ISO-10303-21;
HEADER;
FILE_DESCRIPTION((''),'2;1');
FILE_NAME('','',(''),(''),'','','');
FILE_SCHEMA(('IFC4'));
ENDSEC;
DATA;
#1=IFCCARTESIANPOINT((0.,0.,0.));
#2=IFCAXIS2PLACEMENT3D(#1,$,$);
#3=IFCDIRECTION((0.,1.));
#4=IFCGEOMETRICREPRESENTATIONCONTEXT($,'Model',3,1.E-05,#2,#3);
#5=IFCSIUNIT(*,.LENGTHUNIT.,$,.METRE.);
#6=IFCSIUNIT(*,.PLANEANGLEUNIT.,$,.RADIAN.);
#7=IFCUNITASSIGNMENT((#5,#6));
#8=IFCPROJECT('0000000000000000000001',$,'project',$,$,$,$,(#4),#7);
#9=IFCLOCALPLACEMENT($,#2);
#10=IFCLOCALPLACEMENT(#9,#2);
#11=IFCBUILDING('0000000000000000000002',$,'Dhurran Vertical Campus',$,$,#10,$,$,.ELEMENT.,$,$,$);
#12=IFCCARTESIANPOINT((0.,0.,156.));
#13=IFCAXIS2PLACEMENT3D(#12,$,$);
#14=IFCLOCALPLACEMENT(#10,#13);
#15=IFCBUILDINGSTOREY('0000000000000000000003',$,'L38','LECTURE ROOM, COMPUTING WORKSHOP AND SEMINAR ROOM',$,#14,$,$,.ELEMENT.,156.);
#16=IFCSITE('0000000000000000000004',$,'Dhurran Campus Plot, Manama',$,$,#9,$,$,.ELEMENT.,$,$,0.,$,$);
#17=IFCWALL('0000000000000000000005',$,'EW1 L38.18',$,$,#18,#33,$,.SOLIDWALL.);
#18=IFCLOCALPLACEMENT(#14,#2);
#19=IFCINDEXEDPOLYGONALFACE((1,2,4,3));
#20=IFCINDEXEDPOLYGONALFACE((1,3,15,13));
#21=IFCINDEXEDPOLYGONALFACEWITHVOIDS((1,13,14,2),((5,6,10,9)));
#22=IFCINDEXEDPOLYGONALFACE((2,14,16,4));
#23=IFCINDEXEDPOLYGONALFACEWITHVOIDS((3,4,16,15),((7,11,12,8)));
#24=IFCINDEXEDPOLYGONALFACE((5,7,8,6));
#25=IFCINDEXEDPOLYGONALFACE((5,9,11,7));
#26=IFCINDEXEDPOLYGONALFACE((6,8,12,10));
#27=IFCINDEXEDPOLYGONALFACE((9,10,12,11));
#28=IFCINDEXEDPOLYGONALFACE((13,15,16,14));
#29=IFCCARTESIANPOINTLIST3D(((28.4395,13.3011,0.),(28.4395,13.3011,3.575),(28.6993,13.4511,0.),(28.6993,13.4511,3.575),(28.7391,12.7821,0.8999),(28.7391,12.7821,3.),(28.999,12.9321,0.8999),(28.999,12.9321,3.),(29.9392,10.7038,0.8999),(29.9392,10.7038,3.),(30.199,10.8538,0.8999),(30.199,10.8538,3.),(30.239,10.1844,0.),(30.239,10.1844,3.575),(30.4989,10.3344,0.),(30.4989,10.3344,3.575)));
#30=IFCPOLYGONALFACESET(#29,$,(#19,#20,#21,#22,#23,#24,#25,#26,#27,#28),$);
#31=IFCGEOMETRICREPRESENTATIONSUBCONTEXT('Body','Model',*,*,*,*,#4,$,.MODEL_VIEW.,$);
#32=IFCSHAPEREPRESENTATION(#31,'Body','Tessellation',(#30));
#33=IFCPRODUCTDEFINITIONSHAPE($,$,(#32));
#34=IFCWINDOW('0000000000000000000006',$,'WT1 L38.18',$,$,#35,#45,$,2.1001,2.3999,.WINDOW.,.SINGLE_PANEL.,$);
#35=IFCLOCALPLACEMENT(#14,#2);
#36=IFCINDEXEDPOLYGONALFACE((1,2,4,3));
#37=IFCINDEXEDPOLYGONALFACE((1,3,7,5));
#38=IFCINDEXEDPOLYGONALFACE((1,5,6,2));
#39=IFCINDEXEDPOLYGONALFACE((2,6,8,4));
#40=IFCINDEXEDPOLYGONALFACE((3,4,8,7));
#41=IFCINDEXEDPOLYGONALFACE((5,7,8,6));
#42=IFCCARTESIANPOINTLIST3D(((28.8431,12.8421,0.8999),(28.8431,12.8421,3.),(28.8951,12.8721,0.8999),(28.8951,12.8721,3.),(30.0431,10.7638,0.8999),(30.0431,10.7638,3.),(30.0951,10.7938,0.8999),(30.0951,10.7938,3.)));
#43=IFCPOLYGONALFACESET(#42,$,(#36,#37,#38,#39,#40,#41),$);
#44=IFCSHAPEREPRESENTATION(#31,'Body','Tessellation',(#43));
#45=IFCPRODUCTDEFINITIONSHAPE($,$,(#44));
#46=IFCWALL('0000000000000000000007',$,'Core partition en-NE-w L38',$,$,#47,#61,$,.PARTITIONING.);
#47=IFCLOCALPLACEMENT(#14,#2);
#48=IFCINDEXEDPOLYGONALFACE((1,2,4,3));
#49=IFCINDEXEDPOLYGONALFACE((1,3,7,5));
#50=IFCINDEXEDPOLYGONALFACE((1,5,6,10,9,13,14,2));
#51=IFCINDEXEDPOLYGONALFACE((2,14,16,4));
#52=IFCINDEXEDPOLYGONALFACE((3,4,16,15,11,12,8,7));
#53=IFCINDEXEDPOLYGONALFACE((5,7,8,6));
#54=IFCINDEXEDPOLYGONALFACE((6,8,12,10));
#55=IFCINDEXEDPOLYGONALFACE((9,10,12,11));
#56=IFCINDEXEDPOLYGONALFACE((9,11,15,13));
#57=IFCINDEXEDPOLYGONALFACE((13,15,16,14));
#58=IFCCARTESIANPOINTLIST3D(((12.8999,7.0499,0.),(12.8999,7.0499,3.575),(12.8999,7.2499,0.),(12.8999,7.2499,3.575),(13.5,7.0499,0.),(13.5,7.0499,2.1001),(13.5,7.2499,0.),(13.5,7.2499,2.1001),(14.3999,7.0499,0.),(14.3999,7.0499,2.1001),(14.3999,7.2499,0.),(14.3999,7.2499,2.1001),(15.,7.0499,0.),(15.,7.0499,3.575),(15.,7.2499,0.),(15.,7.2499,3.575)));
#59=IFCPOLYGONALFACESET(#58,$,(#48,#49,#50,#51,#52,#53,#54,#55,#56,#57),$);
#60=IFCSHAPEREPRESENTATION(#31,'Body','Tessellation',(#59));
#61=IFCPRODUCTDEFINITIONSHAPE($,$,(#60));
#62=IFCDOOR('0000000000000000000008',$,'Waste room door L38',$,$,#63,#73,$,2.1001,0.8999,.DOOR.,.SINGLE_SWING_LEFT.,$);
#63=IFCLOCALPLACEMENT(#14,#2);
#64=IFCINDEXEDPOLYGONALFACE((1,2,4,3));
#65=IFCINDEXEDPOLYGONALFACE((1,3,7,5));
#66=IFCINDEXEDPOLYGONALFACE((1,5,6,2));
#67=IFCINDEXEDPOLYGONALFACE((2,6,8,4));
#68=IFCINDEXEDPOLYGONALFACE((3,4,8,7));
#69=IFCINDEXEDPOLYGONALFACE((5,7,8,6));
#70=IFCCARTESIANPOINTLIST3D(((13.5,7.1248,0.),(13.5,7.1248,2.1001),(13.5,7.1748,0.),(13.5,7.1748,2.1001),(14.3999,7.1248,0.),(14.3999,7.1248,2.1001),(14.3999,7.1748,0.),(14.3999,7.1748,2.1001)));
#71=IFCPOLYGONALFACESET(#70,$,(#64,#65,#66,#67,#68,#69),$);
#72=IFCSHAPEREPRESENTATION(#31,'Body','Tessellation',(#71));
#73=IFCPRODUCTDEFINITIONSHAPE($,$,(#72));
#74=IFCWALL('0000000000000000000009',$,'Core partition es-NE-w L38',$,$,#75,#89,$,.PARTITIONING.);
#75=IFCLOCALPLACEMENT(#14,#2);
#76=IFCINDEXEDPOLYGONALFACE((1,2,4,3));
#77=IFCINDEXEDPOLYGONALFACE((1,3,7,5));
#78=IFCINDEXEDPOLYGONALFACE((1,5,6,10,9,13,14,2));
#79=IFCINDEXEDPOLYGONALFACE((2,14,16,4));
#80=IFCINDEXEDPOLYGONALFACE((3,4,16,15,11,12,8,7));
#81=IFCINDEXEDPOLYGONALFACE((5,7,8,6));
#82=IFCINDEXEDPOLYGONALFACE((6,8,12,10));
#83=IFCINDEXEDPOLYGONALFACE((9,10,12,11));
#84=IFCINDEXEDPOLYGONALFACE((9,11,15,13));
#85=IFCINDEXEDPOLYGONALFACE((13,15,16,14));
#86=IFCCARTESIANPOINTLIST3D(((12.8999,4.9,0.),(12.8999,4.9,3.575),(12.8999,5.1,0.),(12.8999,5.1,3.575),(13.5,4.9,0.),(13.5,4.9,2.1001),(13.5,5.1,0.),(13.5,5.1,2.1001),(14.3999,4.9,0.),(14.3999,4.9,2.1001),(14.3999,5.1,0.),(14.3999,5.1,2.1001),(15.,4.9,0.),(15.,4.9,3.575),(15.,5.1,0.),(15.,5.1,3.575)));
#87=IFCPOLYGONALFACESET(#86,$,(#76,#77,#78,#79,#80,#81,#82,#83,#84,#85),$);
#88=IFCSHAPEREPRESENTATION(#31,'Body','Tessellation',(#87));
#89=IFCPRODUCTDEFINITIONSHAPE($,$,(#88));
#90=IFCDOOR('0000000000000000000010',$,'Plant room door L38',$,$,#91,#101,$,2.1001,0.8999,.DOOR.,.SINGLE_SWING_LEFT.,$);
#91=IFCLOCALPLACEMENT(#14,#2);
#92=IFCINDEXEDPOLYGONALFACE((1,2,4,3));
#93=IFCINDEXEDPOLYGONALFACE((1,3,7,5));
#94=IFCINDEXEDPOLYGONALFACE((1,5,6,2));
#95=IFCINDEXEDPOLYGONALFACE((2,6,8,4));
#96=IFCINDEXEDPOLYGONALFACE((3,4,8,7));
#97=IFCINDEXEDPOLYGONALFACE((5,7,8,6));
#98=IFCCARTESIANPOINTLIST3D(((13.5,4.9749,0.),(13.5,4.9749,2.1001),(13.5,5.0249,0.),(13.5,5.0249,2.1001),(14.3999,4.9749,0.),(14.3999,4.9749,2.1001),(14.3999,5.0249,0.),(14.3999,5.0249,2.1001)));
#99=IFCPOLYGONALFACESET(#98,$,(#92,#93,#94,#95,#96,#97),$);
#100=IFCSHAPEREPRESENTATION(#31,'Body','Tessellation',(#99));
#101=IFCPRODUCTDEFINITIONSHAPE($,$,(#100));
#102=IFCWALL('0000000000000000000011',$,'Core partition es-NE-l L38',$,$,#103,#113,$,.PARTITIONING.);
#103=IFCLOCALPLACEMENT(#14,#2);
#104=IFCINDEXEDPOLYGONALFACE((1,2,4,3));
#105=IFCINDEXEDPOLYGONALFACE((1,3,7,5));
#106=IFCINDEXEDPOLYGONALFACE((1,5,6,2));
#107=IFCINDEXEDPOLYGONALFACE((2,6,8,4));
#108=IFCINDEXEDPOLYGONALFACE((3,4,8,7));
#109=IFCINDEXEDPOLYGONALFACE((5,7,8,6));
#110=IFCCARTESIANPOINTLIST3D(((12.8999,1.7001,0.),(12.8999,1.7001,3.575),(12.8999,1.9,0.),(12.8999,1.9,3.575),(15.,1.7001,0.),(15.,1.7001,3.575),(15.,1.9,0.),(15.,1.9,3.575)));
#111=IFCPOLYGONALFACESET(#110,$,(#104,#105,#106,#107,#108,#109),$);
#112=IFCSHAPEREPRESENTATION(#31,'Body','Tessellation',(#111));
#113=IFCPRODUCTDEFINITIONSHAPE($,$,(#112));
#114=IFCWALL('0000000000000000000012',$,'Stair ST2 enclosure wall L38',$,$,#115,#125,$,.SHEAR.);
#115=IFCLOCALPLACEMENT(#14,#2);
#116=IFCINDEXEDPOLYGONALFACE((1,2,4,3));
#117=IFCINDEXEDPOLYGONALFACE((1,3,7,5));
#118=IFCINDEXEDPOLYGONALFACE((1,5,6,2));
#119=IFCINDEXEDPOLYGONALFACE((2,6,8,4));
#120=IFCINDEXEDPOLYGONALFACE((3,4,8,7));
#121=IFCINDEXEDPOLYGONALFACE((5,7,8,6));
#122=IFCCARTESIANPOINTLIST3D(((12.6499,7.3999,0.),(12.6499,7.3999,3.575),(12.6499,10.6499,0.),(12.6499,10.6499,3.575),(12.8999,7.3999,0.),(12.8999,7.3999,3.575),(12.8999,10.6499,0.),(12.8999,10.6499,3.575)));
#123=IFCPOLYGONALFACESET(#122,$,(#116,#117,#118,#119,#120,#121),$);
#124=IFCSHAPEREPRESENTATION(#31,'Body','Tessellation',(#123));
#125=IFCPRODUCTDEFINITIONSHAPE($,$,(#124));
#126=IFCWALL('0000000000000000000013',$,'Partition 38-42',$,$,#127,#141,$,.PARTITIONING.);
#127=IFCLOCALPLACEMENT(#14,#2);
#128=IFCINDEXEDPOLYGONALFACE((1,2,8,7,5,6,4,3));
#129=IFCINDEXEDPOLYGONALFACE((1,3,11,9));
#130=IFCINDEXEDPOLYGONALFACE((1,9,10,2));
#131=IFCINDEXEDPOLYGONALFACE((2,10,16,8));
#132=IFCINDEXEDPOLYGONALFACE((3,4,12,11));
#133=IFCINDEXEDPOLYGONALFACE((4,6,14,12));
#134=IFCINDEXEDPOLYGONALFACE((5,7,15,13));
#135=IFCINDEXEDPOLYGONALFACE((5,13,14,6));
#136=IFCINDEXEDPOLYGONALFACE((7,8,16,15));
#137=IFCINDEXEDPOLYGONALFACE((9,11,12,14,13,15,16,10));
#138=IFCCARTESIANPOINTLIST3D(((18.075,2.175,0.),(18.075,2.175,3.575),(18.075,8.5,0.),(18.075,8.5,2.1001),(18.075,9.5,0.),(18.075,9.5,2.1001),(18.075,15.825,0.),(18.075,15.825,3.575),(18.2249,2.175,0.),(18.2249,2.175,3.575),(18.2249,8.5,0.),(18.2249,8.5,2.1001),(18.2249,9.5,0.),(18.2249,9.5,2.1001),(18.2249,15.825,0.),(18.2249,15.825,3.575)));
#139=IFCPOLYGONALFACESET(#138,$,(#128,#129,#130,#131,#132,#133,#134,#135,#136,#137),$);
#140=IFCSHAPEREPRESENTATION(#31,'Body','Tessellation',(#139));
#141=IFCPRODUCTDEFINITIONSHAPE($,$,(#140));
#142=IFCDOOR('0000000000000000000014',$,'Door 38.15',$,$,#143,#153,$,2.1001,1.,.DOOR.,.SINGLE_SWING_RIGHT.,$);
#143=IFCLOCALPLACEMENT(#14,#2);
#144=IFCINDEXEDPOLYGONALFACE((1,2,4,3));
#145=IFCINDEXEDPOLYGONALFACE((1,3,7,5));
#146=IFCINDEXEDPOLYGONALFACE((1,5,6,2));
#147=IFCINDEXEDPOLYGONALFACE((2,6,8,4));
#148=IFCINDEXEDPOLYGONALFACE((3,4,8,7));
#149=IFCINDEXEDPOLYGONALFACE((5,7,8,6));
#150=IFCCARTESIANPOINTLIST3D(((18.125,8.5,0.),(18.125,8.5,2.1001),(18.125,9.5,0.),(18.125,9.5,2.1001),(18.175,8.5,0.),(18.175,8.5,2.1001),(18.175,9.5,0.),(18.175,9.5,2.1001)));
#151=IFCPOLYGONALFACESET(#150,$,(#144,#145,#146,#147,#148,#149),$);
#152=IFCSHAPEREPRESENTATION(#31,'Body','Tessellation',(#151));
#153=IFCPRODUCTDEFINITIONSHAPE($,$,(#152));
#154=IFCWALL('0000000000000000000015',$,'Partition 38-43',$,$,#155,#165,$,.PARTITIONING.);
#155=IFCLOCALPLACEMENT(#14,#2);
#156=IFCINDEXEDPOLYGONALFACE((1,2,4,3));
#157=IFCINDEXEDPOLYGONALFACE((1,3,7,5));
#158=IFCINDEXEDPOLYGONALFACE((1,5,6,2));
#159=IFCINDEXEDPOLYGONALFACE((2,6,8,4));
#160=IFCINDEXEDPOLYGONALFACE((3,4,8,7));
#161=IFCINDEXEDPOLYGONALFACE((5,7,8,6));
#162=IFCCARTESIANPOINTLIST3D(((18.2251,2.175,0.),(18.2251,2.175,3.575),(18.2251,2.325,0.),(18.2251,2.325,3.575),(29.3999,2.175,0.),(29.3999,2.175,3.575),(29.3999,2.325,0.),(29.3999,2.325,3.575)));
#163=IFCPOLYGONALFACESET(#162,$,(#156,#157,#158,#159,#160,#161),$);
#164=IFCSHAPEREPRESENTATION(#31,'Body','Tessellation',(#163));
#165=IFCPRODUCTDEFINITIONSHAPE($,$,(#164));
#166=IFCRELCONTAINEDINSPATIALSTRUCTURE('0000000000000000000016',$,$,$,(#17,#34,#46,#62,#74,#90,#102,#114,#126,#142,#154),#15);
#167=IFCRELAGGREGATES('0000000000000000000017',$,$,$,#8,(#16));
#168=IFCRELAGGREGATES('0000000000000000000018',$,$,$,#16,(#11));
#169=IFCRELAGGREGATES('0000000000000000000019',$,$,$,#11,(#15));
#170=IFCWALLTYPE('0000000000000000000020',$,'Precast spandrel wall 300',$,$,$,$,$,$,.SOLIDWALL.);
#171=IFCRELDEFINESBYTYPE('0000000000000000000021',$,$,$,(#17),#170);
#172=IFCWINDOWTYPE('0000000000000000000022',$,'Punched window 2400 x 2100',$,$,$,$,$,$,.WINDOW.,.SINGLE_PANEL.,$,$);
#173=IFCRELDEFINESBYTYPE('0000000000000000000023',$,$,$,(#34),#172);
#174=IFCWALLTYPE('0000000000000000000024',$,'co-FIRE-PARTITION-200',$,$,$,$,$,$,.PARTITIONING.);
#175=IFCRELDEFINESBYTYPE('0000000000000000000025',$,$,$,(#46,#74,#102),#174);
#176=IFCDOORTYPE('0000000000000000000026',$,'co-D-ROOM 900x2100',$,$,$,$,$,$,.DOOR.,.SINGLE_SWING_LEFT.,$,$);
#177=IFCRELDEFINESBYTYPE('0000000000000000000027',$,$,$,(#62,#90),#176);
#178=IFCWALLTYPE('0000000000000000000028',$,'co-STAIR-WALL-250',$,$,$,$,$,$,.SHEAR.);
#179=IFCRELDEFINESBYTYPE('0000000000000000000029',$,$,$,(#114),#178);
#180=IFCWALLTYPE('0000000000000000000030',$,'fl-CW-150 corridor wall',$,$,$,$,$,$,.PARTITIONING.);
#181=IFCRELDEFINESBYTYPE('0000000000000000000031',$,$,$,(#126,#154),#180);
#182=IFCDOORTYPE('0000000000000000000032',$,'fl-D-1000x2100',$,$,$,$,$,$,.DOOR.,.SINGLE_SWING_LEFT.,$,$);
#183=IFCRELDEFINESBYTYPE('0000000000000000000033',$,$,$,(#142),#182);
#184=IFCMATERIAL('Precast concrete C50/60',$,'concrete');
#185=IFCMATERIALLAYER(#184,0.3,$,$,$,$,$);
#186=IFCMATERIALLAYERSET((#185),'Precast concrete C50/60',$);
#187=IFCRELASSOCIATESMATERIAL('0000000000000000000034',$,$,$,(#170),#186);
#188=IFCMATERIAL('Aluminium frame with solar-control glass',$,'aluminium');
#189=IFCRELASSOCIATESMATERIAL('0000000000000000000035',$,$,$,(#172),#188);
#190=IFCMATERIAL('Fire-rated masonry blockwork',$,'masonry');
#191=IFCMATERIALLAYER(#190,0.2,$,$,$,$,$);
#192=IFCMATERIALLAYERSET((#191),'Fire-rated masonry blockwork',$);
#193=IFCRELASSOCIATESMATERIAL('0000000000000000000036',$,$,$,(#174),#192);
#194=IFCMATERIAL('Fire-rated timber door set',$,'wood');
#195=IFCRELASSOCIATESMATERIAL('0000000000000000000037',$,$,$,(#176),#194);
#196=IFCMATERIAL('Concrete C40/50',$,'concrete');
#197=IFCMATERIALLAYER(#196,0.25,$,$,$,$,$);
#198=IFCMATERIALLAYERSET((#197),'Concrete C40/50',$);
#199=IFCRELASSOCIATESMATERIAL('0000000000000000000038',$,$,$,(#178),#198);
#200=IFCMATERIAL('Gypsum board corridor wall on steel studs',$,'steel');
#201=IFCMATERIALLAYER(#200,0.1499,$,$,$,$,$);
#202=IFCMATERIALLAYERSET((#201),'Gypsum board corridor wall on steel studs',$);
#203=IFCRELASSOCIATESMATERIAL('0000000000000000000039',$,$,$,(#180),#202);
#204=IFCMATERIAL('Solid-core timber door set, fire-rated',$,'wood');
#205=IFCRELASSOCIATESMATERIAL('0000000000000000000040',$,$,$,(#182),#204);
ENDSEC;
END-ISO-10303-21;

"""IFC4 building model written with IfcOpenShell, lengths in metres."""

from ifc_helpers import new_model, si_unit, direction, frame, frame_2d, origin, place, context, subcontext, project, spatial, rectangle, extrude, material, layer, layer_set, type_object, element, fill, save


model = new_model("IFC4")

# Units and contexts
model_context = context("Model", 3, precision=1e-05, world=origin(), true_north=direction((0.0, 1.0)))
body_context = subcontext(model_context, "Body", "Model", "MODEL_VIEW")
ifc_project = project(units=[si_unit("LENGTHUNIT", "METRE"), si_unit("PLANEANGLEUNIT", "RADIAN")], contexts=[model_context])

# Site, building, storey
site_placement = place(None, origin())
site = spatial("IfcSite", under=ifc_project, at=site_placement, Name="Dhurran Campus Plot, Manama", CompositionType="ELEMENT", RefElevation=0.0)
building_placement = place(site_placement, origin())
building = spatial("IfcBuilding", under=site, at=building_placement, Name="Dhurran Vertical Campus", CompositionType="ELEMENT")
storey_placement = place(building_placement, frame((0.0, 0.0, 156.0)))
storey = spatial("IfcBuildingStorey", under=building, at=storey_placement, Name="L38", Description="LECTURE ROOM, COMPUTING WORKSHOP AND SEMINAR ROOM", CompositionType="ELEMENT", Elevation=156.0)

# Wall, opening, window
ifc_material_1 = material(Name="Precast concrete C50/60", Category="concrete")
ifc_layer_1 = layer(ifc_material_1, 0.3)
ifc_layer_set_1 = layer_set([ifc_layer_1], Name="Precast concrete C50/60")
wall_type_1 = type_object("IfcWallType", Name="Precast spandrel wall 300", PredefinedType="SOLIDWALL", material=ifc_layer_set_1)
ifc_material_2 = material(Name="Aluminium frame with solar-control glass", Category="aluminium")
window_type = type_object("IfcWindowType", Name="Punched window 2400 x 2100", PartitioningType="SINGLE_PANEL", PredefinedType="WINDOW", material=ifc_material_2)
wall_1_placement = place(storey_placement, frame((30.3689, 10.2595, 0.0), z_axis=(0.0, 0.0, 1.0), x_axis=(-0.500028, 0.866009, 0.0)))
wall_1 = element("IfcWall", 1, at=wall_1_placement, inside=storey, type_object=wall_type_1, Name="EW1 L38.18", PredefinedType="SOLIDWALL", context=body_context, shape_type="SweptSolid", body=[
    extrude(rectangle(XDim=3.5989, YDim=0.3, at=frame_2d((1.7993, 0.0))), origin(), (0.0, 0.0, 1.0), 3.575),
])
opening_1_placement = place(wall_1_placement, frame((0.5996, 0.0, 0.8999)))
opening_1 = element("IfcOpeningElement", 2, at=opening_1_placement, cuts=wall_1, PredefinedType="OPENING", context=body_context, shape_type="SweptSolid", body=[
    extrude(rectangle(XDim=2.3999, YDim=2.1001, at=frame_2d((1.2, 1.05))), frame((0.0, 0.1599, 0.0), z_axis=(0.0, -1.0, 0.0), x_axis=(1.0, 0.0, 0.0)), (0.0, 0.0, 1.0), 0.3201),
])
window_1_placement = place(opening_1_placement, origin())
window_1 = element("IfcWindow", 3, at=window_1_placement, inside=storey, type_object=window_type, Name="WT1 L38.18", OverallHeight=2.1001, OverallWidth=2.3999, PartitioningType="SINGLE_PANEL", PredefinedType="WINDOW", context=body_context, shape_type="SweptSolid", body=[
    extrude(rectangle(XDim=2.3999, YDim=2.1001, at=frame_2d((1.2, 1.05))), frame((0.0, 0.03, 0.0), z_axis=(0.0, -1.0, 0.0), x_axis=(1.0, 0.0, 0.0)), (0.0, 0.0, 1.0), 0.0601),
])
fill(opening_1, window_1)

# Walls, openings, doors
ifc_material_3 = material(Name="Fire-rated masonry blockwork", Category="masonry")
ifc_layer_2 = layer(ifc_material_3, 0.2)
ifc_layer_set_2 = layer_set([ifc_layer_2], Name="Fire-rated masonry blockwork")
wall_type_2 = type_object("IfcWallType", Name="co-FIRE-PARTITION-200", PredefinedType="PARTITIONING", material=ifc_layer_set_2)
wall_2_placement = place(storey_placement, frame((12.8999, 7.1499, 0.0), z_axis=(0.0, 0.0, 1.0), x_axis=(1.0, 0.0, 0.0)))
wall_2 = element("IfcWall", 4, at=wall_2_placement, inside=storey, type_object=wall_type_2, Name="Core partition en-NE-w L38", PredefinedType="PARTITIONING", context=body_context, shape_type="SweptSolid", body=[
    extrude(rectangle(XDim=2.1001, YDim=0.2, at=frame_2d((1.05, 0.0))), origin(), (0.0, 0.0, 1.0), 3.575),
])
opening_2_placement = place(wall_2_placement, frame((0.6001, 0.0, 0.0)))
opening_2 = element("IfcOpeningElement", 5, at=opening_2_placement, cuts=wall_2, PredefinedType="OPENING", context=body_context, shape_type="SweptSolid", body=[
    extrude(rectangle(XDim=0.8999, YDim=2.1001, at=frame_2d((0.45, 1.05))), frame((0.0, 0.1099, 0.0), z_axis=(0.0, -1.0, 0.0), x_axis=(1.0, 0.0, 0.0)), (0.0, 0.0, 1.0), 0.22),
])
ifc_material_4 = material(Name="Fire-rated timber door set", Category="wood")
door_type_1 = type_object("IfcDoorType", Name="co-D-ROOM 900x2100", OperationType="SINGLE_SWING_LEFT", PredefinedType="DOOR", material=ifc_material_4)
door_1_placement = place(opening_2_placement, origin())
door_1 = element("IfcDoor", 6, at=door_1_placement, inside=storey, type_object=door_type_1, Name="Waste room door L38", OperationType="SINGLE_SWING_LEFT", OverallHeight=2.1001, OverallWidth=0.8999, PredefinedType="DOOR", context=body_context, shape_type="SweptSolid", body=[
    extrude(rectangle(XDim=0.8999, YDim=2.1001, at=frame_2d((0.45, 1.05))), frame((0.0, 0.0249, 0.0), z_axis=(0.0, -1.0, 0.0), x_axis=(1.0, 0.0, 0.0)), (0.0, 0.0, 1.0), 0.05),
])
fill(opening_2, door_1)
wall_3_placement = place(storey_placement, frame((12.8999, 5.0, 0.0), z_axis=(0.0, 0.0, 1.0), x_axis=(1.0, 0.0, 0.0)))
wall_3 = element("IfcWall", 7, at=wall_3_placement, inside=storey, type_object=wall_type_2, Name="Core partition es-NE-w L38", PredefinedType="PARTITIONING", context=body_context, shape_type="SweptSolid", body=[
    extrude(rectangle(XDim=2.1001, YDim=0.2, at=frame_2d((1.05, 0.0))), origin(), (0.0, 0.0, 1.0), 3.575),
])
opening_3_placement = place(wall_3_placement, frame((0.6001, 0.0, 0.0)))
opening_3 = element("IfcOpeningElement", 8, at=opening_3_placement, cuts=wall_3, PredefinedType="OPENING", context=body_context, shape_type="SweptSolid", body=[
    extrude(rectangle(XDim=0.8999, YDim=2.1001, at=frame_2d((0.45, 1.05))), frame((0.0, 0.1099, 0.0), z_axis=(0.0, -1.0, 0.0), x_axis=(1.0, 0.0, 0.0)), (0.0, 0.0, 1.0), 0.22),
])
door_2_placement = place(opening_3_placement, origin())
door_2 = element("IfcDoor", 9, at=door_2_placement, inside=storey, type_object=door_type_1, Name="Plant room door L38", OperationType="SINGLE_SWING_LEFT", OverallHeight=2.1001, OverallWidth=0.8999, PredefinedType="DOOR", context=body_context, shape_type="SweptSolid", body=[
    extrude(rectangle(XDim=0.8999, YDim=2.1001, at=frame_2d((0.45, 1.05))), frame((0.0, 0.0249, 0.0), z_axis=(0.0, -1.0, 0.0), x_axis=(1.0, 0.0, 0.0)), (0.0, 0.0, 1.0), 0.05),
])
fill(opening_3, door_2)

# Walls
wall_4_placement = place(storey_placement, frame((12.8999, 1.8, 0.0), z_axis=(0.0, 0.0, 1.0), x_axis=(1.0, 0.0, 0.0)))
element("IfcWall", 10, at=wall_4_placement, inside=storey, type_object=wall_type_2, Name="Core partition es-NE-l L38", PredefinedType="PARTITIONING", context=body_context, shape_type="SweptSolid", body=[
    extrude(rectangle(XDim=2.1001, YDim=0.2, at=frame_2d((1.05, 0.0))), origin(), (0.0, 0.0, 1.0), 3.575),
])
ifc_material_5 = material(Name="Concrete C40/50", Category="concrete")
ifc_layer_3 = layer(ifc_material_5, 0.25)
ifc_layer_set_3 = layer_set([ifc_layer_3], Name="Concrete C40/50")
wall_type_3 = type_object("IfcWallType", Name="co-STAIR-WALL-250", PredefinedType="SHEAR", material=ifc_layer_set_3)
wall_5_placement = place(storey_placement, frame((12.7749, 7.3999, 0.0), z_axis=(0.0, 0.0, 1.0), x_axis=(0.0, 1.0, 0.0)))
element("IfcWall", 11, at=wall_5_placement, inside=storey, type_object=wall_type_3, Name="Stair ST2 enclosure wall L38", PredefinedType="SHEAR", context=body_context, shape_type="SweptSolid", body=[
    extrude(rectangle(XDim=3.25, YDim=0.25, at=frame_2d((1.625, 0.0))), origin(), (0.0, 0.0, 1.0), 3.575),
])

# Wall, opening, door
ifc_material_6 = material(Name="Gypsum board corridor wall on steel studs", Category="steel")
ifc_layer_4 = layer(ifc_material_6, 0.1499)
ifc_layer_set_4 = layer_set([ifc_layer_4], Name="Gypsum board corridor wall on steel studs")
wall_type_4 = type_object("IfcWallType", Name="fl-CW-150 corridor wall", PredefinedType="PARTITIONING", material=ifc_layer_set_4)
wall_6_placement = place(storey_placement, frame((18.1499, 2.175, 0.0), z_axis=(0.0, 0.0, 1.0), x_axis=(0.0, 1.0, 0.0)))
wall_6 = element("IfcWall", 12, at=wall_6_placement, inside=storey, type_object=wall_type_4, Name="Partition 38-42", PredefinedType="PARTITIONING", context=body_context, shape_type="SweptSolid", body=[
    extrude(rectangle(XDim=13.6499, YDim=0.1499, at=frame_2d((6.825, 0.0))), origin(), (0.0, 0.0, 1.0), 3.575),
])
opening_4_placement = place(wall_6_placement, frame((6.325, 0.0, 0.0)))
opening_4 = element("IfcOpeningElement", 13, at=opening_4_placement, cuts=wall_6, PredefinedType="OPENING", context=body_context, shape_type="SweptSolid", body=[
    extrude(rectangle(XDim=1.0, YDim=2.1001, at=frame_2d((0.5, 1.05))), frame((0.0, 0.085, 0.0), z_axis=(0.0, -1.0, 0.0), x_axis=(1.0, 0.0, 0.0)), (0.0, 0.0, 1.0), 0.1699),
])
ifc_material_7 = material(Name="Solid-core timber door set, fire-rated", Category="wood")
door_type_2 = type_object("IfcDoorType", Name="fl-D-1000x2100", OperationType="SINGLE_SWING_LEFT", PredefinedType="DOOR", material=ifc_material_7)
door_3_placement = place(opening_4_placement, origin())
door_3 = element("IfcDoor", 14, at=door_3_placement, inside=storey, type_object=door_type_2, Name="Door 38.15", OperationType="SINGLE_SWING_RIGHT", OverallHeight=2.1001, OverallWidth=1.0, PredefinedType="DOOR", context=body_context, shape_type="SweptSolid", body=[
    extrude(rectangle(XDim=1.0, YDim=2.1001, at=frame_2d((0.5, 1.05))), frame((0.0, 0.0249, 0.0), z_axis=(0.0, -1.0, 0.0), x_axis=(1.0, 0.0, 0.0)), (0.0, 0.0, 1.0), 0.05),
])
fill(opening_4, door_3)

# Wall
wall_7_placement = place(storey_placement, frame((18.2251, 2.25, 0.0), z_axis=(0.0, 0.0, 1.0), x_axis=(1.0, 0.0, 0.0)))
element("IfcWall", 15, at=wall_7_placement, inside=storey, type_object=wall_type_4, Name="Partition 38-43", PredefinedType="PARTITIONING", context=body_context, shape_type="SweptSolid", body=[
    extrude(rectangle(XDim=11.1748, YDim=0.1499, at=frame_2d((5.5874, 0.0))), origin(), (0.0, 0.0, 1.0), 3.575),
])

save(model, "model.ifc")
